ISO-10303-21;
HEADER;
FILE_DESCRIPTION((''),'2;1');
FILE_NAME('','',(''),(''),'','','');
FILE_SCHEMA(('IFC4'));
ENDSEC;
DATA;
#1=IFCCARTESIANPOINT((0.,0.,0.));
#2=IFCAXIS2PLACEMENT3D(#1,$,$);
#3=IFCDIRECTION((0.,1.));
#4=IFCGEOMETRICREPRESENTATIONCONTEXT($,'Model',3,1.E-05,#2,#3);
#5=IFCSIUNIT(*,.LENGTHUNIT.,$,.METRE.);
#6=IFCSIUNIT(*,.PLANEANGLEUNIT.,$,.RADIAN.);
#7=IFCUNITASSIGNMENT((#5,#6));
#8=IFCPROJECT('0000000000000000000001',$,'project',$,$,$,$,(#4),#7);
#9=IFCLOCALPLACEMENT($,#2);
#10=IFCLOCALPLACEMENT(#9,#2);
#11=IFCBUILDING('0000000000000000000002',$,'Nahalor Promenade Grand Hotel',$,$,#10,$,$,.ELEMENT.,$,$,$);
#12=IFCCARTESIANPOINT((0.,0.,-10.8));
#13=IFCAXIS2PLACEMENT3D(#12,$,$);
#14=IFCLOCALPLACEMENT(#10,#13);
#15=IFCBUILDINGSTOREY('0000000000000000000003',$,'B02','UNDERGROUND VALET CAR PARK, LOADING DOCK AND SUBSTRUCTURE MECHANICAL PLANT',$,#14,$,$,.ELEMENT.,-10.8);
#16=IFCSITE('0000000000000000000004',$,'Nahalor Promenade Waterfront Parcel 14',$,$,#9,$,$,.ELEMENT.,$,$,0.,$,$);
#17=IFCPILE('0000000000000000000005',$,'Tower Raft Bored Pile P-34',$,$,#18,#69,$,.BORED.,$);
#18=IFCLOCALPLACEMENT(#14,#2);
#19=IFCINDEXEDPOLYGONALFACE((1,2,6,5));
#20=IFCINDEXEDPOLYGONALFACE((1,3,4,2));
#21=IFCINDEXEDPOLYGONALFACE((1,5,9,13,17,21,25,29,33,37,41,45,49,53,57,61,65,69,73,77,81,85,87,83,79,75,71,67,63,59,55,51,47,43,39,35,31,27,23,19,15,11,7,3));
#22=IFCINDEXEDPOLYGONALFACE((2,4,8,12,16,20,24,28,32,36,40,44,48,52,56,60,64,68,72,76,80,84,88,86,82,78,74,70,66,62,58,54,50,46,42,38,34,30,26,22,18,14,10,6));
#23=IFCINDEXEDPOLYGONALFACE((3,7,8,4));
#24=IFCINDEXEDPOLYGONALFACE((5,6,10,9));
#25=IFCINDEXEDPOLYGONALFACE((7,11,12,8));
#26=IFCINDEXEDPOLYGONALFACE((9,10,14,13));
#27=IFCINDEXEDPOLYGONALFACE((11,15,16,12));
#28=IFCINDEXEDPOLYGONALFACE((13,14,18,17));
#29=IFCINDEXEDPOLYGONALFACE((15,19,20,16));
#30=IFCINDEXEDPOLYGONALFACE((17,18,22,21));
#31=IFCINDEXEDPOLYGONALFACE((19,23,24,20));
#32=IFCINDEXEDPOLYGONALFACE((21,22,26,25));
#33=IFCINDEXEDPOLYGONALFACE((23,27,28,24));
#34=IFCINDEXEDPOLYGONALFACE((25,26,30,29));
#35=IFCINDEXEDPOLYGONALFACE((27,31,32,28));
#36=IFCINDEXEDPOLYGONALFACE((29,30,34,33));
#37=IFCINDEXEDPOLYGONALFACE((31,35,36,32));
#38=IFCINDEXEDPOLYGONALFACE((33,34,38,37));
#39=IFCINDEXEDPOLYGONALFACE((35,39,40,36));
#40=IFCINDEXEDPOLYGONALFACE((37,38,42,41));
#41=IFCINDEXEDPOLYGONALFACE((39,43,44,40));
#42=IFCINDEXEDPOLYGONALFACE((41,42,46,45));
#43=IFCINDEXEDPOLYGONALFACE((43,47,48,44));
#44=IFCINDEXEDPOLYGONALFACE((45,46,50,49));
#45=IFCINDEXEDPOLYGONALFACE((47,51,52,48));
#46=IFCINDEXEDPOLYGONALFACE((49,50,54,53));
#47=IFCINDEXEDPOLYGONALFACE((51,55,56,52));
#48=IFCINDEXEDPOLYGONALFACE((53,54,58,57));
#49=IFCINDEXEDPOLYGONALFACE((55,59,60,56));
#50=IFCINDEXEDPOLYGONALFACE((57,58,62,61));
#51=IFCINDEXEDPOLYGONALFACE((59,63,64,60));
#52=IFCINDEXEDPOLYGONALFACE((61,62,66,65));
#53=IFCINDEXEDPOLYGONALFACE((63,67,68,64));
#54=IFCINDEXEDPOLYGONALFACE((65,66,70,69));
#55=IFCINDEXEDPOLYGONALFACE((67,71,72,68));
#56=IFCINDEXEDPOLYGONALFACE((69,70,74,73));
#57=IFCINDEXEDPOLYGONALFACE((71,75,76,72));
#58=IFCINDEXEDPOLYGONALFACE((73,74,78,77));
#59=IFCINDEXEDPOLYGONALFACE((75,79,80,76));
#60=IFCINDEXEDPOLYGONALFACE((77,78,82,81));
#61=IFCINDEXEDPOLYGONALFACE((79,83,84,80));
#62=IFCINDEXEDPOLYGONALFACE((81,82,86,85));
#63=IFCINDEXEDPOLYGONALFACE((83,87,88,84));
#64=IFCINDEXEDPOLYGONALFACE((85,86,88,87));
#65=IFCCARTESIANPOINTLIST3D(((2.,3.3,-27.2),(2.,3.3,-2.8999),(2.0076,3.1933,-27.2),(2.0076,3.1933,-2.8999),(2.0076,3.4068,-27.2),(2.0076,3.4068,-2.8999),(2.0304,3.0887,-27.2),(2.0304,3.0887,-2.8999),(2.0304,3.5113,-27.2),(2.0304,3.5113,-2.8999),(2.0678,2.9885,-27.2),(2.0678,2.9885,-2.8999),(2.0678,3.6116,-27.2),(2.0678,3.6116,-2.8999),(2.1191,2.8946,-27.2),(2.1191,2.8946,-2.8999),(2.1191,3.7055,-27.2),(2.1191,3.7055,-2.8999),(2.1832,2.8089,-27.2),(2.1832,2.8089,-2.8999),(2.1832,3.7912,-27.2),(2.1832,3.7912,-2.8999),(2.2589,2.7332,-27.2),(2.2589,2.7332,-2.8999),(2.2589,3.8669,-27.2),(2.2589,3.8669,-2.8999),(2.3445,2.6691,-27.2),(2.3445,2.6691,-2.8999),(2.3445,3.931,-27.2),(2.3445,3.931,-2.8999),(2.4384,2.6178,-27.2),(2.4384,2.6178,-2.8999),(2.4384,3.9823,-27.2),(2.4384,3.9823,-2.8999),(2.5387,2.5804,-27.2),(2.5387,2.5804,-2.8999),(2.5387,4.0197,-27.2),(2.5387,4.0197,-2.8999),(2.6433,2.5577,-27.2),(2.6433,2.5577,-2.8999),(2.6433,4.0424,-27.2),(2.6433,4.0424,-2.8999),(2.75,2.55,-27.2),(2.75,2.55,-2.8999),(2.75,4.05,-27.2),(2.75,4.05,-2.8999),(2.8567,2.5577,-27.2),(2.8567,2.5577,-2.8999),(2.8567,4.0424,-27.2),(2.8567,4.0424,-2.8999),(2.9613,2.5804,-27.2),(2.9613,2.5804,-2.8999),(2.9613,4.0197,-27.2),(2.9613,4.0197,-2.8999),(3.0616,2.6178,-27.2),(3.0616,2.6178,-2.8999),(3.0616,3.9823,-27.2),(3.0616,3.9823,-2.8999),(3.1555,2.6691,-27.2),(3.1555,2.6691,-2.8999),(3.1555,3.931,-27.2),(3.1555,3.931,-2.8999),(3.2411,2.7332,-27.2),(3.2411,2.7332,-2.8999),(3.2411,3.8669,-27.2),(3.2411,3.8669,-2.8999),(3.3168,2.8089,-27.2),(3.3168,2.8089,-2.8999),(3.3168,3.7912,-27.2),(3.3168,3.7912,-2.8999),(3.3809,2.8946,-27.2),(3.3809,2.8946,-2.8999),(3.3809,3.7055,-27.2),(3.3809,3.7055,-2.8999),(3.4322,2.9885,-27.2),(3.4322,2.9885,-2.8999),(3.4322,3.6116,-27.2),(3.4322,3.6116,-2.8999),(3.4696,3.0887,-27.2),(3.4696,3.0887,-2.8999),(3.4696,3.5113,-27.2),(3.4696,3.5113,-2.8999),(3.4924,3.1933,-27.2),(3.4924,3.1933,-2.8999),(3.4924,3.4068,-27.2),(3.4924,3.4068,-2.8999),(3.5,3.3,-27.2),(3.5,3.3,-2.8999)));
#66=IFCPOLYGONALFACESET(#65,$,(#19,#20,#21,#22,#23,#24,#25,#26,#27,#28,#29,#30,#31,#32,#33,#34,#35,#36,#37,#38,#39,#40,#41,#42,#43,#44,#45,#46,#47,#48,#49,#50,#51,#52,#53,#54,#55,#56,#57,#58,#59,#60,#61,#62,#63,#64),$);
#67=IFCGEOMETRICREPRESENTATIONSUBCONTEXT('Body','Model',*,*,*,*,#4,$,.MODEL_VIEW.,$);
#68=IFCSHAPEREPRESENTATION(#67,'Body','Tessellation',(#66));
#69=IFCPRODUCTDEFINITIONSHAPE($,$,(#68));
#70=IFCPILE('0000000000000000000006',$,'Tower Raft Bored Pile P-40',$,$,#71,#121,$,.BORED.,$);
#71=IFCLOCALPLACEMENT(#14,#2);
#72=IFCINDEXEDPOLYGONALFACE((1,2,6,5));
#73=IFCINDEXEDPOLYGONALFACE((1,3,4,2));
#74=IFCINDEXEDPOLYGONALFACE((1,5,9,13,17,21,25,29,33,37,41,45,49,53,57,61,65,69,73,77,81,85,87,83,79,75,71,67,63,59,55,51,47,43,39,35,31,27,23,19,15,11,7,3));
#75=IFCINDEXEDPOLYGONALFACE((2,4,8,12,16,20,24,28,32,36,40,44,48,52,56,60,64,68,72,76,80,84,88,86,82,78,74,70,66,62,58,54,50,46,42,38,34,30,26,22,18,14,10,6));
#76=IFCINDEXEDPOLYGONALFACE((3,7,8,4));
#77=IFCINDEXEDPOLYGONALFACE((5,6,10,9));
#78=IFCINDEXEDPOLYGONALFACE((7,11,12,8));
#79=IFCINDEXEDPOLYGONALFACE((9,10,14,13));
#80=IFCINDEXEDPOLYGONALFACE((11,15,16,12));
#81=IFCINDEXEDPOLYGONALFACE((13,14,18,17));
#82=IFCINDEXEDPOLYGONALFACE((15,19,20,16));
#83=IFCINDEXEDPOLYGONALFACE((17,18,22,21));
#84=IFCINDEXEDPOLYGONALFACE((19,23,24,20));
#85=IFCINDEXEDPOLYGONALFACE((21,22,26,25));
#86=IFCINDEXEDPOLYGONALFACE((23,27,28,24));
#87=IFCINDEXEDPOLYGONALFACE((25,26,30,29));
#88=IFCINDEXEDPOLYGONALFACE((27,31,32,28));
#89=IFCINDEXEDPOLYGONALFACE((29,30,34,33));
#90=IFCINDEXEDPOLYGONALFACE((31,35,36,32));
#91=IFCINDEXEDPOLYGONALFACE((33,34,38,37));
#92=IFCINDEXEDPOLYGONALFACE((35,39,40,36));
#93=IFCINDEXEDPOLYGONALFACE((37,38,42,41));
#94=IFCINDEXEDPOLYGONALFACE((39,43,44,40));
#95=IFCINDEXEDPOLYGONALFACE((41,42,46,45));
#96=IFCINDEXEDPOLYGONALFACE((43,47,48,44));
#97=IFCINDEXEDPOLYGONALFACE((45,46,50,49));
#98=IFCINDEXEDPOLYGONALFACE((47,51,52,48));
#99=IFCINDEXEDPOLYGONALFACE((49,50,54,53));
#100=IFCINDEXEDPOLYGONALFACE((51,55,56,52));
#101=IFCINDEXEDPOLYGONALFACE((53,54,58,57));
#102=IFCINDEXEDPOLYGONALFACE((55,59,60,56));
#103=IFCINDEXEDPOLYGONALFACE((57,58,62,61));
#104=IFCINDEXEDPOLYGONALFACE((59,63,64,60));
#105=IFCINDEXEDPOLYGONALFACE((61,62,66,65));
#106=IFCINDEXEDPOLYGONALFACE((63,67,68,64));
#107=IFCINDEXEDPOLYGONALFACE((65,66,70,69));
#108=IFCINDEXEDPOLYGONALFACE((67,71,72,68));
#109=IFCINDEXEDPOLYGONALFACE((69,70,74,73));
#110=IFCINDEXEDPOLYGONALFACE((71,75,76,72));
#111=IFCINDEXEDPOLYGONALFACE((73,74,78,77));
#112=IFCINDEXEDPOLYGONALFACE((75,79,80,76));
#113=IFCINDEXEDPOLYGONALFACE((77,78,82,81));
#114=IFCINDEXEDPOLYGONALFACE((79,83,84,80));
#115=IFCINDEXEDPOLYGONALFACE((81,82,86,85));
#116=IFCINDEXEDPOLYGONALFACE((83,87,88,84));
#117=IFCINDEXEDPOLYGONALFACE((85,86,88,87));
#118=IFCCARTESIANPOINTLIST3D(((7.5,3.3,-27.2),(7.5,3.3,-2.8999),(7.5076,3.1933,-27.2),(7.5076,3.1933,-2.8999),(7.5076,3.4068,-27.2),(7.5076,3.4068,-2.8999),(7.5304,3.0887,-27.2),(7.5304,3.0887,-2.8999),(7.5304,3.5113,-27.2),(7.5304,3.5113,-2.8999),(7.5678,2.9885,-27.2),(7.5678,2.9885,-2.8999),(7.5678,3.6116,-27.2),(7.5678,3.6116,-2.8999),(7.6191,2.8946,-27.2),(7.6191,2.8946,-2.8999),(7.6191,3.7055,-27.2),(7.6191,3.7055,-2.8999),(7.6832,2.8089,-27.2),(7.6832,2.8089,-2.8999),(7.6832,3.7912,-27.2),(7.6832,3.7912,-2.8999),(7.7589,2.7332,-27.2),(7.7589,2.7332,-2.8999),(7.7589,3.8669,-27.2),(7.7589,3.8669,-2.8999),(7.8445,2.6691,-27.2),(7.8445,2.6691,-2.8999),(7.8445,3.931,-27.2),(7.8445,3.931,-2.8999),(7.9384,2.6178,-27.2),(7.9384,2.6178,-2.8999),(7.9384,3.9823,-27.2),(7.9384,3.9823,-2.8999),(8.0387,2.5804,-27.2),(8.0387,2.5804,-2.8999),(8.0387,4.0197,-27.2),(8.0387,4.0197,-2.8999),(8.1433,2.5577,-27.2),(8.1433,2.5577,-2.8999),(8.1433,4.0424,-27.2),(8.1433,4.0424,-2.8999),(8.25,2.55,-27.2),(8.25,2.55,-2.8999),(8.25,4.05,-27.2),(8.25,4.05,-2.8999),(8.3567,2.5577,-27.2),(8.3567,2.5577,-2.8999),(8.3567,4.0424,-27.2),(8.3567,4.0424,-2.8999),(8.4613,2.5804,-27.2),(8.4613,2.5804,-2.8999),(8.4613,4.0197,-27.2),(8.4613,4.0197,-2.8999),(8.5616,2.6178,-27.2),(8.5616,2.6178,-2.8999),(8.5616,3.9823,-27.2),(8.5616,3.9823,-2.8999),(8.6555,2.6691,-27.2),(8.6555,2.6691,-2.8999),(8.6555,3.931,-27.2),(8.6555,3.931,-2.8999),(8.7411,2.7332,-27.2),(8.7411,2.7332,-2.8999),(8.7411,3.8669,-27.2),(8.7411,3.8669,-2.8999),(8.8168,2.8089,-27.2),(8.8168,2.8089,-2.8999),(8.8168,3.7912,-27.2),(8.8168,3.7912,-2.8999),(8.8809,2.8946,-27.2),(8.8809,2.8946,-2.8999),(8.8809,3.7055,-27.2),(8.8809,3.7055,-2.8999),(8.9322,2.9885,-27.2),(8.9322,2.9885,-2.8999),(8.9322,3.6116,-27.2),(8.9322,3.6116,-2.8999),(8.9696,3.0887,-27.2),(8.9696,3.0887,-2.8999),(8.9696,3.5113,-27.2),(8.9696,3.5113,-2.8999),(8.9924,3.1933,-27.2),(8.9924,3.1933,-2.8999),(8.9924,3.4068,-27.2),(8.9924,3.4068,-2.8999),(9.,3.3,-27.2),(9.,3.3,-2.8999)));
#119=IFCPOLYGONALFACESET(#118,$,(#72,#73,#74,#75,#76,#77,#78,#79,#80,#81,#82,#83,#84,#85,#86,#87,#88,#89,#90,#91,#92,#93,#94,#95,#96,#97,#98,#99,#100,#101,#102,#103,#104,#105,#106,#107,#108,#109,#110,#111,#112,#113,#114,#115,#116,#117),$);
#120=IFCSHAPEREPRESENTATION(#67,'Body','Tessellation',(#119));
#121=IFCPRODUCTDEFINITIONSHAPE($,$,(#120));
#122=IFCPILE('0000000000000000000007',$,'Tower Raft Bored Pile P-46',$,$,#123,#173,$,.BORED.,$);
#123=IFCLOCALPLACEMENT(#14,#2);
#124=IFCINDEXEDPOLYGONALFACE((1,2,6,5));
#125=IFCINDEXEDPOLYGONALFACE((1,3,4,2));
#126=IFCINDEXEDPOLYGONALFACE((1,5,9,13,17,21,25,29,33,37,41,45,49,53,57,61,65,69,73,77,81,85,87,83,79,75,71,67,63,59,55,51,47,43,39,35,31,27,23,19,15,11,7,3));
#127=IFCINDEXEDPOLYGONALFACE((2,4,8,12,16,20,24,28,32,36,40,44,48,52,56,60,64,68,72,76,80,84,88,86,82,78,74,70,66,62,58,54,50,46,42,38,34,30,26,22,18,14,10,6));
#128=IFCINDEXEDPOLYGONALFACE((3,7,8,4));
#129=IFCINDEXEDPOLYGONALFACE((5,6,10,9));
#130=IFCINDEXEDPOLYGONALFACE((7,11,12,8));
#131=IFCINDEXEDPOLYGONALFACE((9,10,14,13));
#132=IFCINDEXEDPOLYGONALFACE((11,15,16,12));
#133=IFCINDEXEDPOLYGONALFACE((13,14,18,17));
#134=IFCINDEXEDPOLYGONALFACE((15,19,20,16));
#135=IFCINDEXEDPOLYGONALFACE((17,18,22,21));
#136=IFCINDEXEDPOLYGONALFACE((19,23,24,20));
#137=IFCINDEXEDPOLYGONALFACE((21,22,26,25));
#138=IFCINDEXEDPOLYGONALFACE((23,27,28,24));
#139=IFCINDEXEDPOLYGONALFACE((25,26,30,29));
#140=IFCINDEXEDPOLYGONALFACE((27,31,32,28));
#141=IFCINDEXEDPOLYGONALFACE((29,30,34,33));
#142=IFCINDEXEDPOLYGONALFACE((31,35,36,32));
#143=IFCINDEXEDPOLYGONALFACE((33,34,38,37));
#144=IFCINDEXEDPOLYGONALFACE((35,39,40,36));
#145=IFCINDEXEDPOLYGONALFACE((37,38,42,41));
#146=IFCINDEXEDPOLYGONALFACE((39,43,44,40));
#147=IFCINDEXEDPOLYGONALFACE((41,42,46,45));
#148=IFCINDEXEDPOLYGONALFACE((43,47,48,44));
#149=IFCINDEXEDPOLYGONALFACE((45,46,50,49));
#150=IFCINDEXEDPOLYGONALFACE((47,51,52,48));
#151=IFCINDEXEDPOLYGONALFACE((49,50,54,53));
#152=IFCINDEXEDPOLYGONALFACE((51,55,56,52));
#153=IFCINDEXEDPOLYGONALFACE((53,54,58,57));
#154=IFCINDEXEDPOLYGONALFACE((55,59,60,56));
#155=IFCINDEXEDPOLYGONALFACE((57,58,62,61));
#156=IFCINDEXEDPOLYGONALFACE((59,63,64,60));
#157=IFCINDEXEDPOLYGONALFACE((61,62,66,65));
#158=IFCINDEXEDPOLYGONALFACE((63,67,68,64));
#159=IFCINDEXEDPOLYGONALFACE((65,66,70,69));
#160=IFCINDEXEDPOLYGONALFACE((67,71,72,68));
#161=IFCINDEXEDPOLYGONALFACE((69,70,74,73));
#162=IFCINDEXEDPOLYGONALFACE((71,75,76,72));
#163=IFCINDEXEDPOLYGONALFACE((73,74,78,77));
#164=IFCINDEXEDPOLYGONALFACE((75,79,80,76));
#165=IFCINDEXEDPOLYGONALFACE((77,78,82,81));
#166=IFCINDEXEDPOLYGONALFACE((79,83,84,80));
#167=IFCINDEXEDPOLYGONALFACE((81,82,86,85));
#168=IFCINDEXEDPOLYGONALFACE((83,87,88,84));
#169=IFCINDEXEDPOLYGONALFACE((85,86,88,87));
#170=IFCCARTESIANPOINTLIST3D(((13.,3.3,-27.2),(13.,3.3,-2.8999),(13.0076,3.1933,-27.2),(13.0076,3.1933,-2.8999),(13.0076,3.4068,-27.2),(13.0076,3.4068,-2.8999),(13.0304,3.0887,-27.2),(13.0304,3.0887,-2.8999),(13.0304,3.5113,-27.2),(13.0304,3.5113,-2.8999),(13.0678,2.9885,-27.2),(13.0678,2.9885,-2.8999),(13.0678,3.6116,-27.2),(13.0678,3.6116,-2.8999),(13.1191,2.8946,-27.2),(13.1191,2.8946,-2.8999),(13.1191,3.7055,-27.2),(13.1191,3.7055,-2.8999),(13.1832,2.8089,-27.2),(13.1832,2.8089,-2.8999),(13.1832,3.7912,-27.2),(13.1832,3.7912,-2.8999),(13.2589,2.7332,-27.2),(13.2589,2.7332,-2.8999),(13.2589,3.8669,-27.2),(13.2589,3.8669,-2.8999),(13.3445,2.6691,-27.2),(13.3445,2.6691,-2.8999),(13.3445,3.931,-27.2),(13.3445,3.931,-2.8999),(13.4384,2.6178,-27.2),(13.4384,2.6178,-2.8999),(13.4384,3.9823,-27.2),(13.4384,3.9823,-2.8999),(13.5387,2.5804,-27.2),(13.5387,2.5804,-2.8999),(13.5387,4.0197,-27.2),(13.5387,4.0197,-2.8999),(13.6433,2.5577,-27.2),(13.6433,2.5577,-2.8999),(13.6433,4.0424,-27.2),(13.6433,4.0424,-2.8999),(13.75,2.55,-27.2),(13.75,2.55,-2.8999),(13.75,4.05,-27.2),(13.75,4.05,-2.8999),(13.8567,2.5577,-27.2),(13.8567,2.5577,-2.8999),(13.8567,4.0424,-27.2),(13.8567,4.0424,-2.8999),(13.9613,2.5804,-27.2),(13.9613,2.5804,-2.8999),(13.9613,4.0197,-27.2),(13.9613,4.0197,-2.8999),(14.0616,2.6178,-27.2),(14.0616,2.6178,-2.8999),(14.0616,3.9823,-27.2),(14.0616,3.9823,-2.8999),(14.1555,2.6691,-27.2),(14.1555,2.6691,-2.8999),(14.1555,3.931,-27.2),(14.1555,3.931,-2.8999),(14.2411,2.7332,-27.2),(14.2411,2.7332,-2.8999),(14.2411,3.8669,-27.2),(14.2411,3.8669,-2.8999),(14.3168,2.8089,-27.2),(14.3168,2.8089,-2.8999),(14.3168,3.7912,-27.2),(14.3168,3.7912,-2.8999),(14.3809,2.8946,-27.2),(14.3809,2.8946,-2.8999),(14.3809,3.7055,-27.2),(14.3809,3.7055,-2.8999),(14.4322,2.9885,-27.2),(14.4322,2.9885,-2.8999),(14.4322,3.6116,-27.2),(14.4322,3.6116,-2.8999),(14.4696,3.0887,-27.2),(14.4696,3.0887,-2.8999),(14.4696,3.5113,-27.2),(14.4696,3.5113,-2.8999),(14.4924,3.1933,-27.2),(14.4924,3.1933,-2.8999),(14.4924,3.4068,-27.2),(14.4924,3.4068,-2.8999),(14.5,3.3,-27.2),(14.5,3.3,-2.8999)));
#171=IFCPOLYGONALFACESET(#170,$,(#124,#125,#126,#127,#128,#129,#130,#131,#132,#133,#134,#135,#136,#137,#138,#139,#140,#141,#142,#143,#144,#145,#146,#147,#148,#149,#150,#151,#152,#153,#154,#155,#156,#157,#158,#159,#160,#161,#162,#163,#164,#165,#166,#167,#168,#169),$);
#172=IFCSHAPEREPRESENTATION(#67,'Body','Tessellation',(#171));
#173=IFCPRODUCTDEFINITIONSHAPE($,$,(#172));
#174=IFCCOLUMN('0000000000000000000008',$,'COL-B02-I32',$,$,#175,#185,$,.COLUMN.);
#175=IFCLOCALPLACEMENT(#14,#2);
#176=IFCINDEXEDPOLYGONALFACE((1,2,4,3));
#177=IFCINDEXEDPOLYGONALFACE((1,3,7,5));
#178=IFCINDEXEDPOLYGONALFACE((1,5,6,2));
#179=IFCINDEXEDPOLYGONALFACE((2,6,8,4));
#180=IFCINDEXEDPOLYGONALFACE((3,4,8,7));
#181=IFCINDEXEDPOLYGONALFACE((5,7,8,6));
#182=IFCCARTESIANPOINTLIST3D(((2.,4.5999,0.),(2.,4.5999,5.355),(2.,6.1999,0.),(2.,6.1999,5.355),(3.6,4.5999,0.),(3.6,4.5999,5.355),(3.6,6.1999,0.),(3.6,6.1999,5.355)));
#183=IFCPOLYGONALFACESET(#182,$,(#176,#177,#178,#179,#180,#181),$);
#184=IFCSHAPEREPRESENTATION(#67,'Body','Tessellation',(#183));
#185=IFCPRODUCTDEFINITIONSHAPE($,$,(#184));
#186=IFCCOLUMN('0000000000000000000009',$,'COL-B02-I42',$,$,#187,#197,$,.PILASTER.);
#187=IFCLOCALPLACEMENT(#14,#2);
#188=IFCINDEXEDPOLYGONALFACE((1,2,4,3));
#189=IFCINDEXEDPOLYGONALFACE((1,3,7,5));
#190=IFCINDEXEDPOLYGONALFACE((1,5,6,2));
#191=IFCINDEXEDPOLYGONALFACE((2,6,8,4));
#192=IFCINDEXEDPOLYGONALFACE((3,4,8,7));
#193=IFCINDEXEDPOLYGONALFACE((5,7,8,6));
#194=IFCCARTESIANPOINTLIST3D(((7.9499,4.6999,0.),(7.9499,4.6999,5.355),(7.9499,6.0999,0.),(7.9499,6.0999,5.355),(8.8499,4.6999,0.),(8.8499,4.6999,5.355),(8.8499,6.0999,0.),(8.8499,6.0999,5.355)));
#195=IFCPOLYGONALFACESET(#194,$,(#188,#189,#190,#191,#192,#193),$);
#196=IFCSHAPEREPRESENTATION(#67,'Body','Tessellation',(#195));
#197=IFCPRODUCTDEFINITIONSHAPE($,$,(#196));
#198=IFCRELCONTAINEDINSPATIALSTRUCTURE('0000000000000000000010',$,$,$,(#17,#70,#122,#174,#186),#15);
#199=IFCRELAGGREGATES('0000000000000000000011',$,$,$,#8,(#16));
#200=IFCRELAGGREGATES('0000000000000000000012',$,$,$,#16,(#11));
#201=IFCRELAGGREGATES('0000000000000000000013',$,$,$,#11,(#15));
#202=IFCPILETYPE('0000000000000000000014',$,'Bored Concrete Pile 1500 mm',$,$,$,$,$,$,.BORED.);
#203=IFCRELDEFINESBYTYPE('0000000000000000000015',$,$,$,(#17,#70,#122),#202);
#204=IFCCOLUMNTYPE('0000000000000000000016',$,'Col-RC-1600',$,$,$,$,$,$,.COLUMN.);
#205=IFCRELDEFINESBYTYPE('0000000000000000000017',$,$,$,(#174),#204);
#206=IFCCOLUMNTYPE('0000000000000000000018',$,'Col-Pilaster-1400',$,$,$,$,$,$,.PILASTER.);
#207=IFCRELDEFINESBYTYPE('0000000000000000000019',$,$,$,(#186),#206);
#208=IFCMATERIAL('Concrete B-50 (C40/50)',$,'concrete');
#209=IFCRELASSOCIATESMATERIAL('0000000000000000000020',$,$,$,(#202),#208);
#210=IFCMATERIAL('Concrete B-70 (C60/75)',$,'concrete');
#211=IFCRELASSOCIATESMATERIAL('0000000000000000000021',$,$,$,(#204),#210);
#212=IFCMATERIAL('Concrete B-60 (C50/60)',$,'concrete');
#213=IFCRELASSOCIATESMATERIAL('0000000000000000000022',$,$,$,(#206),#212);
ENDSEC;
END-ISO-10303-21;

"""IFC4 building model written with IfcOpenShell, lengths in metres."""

from ifc_helpers import new_model, si_unit, direction, frame, origin, origin_2d, place, context, subcontext, project, spatial, rectangle, circle, extrude, source, transform, mapped, material, material_profile, profile_set, type_object, element, save


model = new_model("IFC4")

# Units and contexts
model_context = context("Model", 3, precision=1e-05, world=origin(), true_north=direction((0.0, 1.0)))
body_context = subcontext(model_context, "Body", "Model", "MODEL_VIEW")
ifc_project = project(units=[si_unit("LENGTHUNIT", "METRE"), si_unit("PLANEANGLEUNIT", "RADIAN")], contexts=[model_context])

# Site, building, storey
site_placement = place(None, origin())
site = spatial("IfcSite", under=ifc_project, at=site_placement, Name="Nahalor Promenade Waterfront Parcel 14", CompositionType="ELEMENT", RefElevation=0.0)
building_placement = place(site_placement, origin())
building = spatial("IfcBuilding", under=site, at=building_placement, Name="Nahalor Promenade Grand Hotel", CompositionType="ELEMENT")
storey_placement = place(building_placement, frame((0.0, 0.0, -10.8)))
storey = spatial("IfcBuildingStorey", under=building, at=storey_placement, Name="B02", Description="UNDERGROUND VALET CAR PARK, LOADING DOCK AND SUBSTRUCTURE MECHANICAL PLANT", CompositionType="ELEMENT", Elevation=-10.8)

# Piles
ifc_material_1 = material(Name="Concrete B-50 (C40/50)", Category="concrete")
ifc_material_profile_1 = material_profile(ifc_material_1, circle(Radius=0.75, at=origin_2d()), Name="PILE D1500")
ifc_profile_set_1 = profile_set([ifc_material_profile_1], Name="Concrete B-50 (C40/50)")
pile_type = type_object("IfcPileType", Name="Bored Concrete Pile 1500 mm", PredefinedType="BORED", material=ifc_profile_set_1)
shared_shape_1 = source(origin(), body_context, "Body", "SweptSolid", [
    extrude(circle(Radius=0.75, at=origin_2d()), origin(), (0.0, 0.0, 1.0), 24.3),
])
for number, where, z_axis, x_axis, name in (
    (1, (2.75, 3.3, -2.8999), (0.0, 0.0, -1.0), (1.0, 0.0, 0.0), "Tower Raft Bored Pile P-34"),
    (2, (8.25, 3.3, -2.8999), (0.0, 0.0, -1.0), (1.0, 0.0, 0.0), "Tower Raft Bored Pile P-40"),
    (3, (13.75, 3.3, -2.8999), (0.0, 0.0, -1.0), (1.0, 0.0, 0.0), "Tower Raft Bored Pile P-46"),
):
    element("IfcPile", number, at=place(storey_placement, frame(where, z_axis=z_axis, x_axis=x_axis)), inside=storey, type_object=pile_type, Name=name, PredefinedType="BORED", context=body_context, shape_type="MappedRepresentation", body=[
        mapped(shared_shape_1, transform((0.0, 0.0, 0.0), scale=1.0)),
    ])

# Columns
ifc_material_2 = material(Name="Concrete B-70 (C60/75)", Category="concrete")
ifc_material_profile_2 = material_profile(ifc_material_2, rectangle(XDim=1.6, YDim=1.6, at=origin_2d()), Name="RC 1600x1600")
ifc_profile_set_2 = profile_set([ifc_material_profile_2], Name="Concrete B-70 (C60/75)")
column_type_1 = type_object("IfcColumnType", Name="Col-RC-1600", PredefinedType="COLUMN", material=ifc_profile_set_2)
shared_shape_2 = source(origin(), body_context, "Body", "SweptSolid", [
    extrude(rectangle(XDim=1.6, YDim=1.6, at=origin_2d()), origin(), (0.0, 0.0, 1.0), 5.355),
])
column_placement = place(storey_placement, frame((2.8, 5.3999, 0.0), z_axis=(0.0, 0.0, 1.0), x_axis=(1.0, 0.0, 0.0)))
element("IfcColumn", 4, at=column_placement, inside=storey, type_object=column_type_1, Name="COL-B02-I32", PredefinedType="COLUMN", context=body_context, shape_type="MappedRepresentation", body=[
    mapped(shared_shape_2, transform((0.0, 0.0, 0.0), scale=1.0)),
])
ifc_material_3 = material(Name="Concrete B-60 (C50/60)", Category="concrete")
ifc_material_profile_3 = material_profile(ifc_material_3, rectangle(XDim=0.9, YDim=1.4, at=origin_2d()), Name="RC 900x1400")
ifc_profile_set_3 = profile_set([ifc_material_profile_3], Name="Concrete B-60 (C50/60)")
column_type_2 = type_object("IfcColumnType", Name="Col-Pilaster-1400", PredefinedType="PILASTER", material=ifc_profile_set_3)
shared_shape_3 = source(origin(), body_context, "Body", "SweptSolid", [
    extrude(rectangle(XDim=0.9, YDim=1.4, at=origin_2d()), origin(), (0.0, 0.0, 1.0), 5.355),
])
for number, where, z_axis, x_axis, name in (
    (5, (8.3999, 5.3999, 0.0), (0.0, 0.0, 1.0), (1.0, 0.0, 0.0), "COL-B02-I42"),
):
    element("IfcColumn", number, at=place(storey_placement, frame(where, z_axis=z_axis, x_axis=x_axis)), inside=storey, type_object=column_type_2, Name=name, PredefinedType="PILASTER", context=body_context, shape_type="MappedRepresentation", body=[
        mapped(shared_shape_3, transform((0.0, 0.0, 0.0), scale=1.0)),
    ])

save(model, "model.ifc")
